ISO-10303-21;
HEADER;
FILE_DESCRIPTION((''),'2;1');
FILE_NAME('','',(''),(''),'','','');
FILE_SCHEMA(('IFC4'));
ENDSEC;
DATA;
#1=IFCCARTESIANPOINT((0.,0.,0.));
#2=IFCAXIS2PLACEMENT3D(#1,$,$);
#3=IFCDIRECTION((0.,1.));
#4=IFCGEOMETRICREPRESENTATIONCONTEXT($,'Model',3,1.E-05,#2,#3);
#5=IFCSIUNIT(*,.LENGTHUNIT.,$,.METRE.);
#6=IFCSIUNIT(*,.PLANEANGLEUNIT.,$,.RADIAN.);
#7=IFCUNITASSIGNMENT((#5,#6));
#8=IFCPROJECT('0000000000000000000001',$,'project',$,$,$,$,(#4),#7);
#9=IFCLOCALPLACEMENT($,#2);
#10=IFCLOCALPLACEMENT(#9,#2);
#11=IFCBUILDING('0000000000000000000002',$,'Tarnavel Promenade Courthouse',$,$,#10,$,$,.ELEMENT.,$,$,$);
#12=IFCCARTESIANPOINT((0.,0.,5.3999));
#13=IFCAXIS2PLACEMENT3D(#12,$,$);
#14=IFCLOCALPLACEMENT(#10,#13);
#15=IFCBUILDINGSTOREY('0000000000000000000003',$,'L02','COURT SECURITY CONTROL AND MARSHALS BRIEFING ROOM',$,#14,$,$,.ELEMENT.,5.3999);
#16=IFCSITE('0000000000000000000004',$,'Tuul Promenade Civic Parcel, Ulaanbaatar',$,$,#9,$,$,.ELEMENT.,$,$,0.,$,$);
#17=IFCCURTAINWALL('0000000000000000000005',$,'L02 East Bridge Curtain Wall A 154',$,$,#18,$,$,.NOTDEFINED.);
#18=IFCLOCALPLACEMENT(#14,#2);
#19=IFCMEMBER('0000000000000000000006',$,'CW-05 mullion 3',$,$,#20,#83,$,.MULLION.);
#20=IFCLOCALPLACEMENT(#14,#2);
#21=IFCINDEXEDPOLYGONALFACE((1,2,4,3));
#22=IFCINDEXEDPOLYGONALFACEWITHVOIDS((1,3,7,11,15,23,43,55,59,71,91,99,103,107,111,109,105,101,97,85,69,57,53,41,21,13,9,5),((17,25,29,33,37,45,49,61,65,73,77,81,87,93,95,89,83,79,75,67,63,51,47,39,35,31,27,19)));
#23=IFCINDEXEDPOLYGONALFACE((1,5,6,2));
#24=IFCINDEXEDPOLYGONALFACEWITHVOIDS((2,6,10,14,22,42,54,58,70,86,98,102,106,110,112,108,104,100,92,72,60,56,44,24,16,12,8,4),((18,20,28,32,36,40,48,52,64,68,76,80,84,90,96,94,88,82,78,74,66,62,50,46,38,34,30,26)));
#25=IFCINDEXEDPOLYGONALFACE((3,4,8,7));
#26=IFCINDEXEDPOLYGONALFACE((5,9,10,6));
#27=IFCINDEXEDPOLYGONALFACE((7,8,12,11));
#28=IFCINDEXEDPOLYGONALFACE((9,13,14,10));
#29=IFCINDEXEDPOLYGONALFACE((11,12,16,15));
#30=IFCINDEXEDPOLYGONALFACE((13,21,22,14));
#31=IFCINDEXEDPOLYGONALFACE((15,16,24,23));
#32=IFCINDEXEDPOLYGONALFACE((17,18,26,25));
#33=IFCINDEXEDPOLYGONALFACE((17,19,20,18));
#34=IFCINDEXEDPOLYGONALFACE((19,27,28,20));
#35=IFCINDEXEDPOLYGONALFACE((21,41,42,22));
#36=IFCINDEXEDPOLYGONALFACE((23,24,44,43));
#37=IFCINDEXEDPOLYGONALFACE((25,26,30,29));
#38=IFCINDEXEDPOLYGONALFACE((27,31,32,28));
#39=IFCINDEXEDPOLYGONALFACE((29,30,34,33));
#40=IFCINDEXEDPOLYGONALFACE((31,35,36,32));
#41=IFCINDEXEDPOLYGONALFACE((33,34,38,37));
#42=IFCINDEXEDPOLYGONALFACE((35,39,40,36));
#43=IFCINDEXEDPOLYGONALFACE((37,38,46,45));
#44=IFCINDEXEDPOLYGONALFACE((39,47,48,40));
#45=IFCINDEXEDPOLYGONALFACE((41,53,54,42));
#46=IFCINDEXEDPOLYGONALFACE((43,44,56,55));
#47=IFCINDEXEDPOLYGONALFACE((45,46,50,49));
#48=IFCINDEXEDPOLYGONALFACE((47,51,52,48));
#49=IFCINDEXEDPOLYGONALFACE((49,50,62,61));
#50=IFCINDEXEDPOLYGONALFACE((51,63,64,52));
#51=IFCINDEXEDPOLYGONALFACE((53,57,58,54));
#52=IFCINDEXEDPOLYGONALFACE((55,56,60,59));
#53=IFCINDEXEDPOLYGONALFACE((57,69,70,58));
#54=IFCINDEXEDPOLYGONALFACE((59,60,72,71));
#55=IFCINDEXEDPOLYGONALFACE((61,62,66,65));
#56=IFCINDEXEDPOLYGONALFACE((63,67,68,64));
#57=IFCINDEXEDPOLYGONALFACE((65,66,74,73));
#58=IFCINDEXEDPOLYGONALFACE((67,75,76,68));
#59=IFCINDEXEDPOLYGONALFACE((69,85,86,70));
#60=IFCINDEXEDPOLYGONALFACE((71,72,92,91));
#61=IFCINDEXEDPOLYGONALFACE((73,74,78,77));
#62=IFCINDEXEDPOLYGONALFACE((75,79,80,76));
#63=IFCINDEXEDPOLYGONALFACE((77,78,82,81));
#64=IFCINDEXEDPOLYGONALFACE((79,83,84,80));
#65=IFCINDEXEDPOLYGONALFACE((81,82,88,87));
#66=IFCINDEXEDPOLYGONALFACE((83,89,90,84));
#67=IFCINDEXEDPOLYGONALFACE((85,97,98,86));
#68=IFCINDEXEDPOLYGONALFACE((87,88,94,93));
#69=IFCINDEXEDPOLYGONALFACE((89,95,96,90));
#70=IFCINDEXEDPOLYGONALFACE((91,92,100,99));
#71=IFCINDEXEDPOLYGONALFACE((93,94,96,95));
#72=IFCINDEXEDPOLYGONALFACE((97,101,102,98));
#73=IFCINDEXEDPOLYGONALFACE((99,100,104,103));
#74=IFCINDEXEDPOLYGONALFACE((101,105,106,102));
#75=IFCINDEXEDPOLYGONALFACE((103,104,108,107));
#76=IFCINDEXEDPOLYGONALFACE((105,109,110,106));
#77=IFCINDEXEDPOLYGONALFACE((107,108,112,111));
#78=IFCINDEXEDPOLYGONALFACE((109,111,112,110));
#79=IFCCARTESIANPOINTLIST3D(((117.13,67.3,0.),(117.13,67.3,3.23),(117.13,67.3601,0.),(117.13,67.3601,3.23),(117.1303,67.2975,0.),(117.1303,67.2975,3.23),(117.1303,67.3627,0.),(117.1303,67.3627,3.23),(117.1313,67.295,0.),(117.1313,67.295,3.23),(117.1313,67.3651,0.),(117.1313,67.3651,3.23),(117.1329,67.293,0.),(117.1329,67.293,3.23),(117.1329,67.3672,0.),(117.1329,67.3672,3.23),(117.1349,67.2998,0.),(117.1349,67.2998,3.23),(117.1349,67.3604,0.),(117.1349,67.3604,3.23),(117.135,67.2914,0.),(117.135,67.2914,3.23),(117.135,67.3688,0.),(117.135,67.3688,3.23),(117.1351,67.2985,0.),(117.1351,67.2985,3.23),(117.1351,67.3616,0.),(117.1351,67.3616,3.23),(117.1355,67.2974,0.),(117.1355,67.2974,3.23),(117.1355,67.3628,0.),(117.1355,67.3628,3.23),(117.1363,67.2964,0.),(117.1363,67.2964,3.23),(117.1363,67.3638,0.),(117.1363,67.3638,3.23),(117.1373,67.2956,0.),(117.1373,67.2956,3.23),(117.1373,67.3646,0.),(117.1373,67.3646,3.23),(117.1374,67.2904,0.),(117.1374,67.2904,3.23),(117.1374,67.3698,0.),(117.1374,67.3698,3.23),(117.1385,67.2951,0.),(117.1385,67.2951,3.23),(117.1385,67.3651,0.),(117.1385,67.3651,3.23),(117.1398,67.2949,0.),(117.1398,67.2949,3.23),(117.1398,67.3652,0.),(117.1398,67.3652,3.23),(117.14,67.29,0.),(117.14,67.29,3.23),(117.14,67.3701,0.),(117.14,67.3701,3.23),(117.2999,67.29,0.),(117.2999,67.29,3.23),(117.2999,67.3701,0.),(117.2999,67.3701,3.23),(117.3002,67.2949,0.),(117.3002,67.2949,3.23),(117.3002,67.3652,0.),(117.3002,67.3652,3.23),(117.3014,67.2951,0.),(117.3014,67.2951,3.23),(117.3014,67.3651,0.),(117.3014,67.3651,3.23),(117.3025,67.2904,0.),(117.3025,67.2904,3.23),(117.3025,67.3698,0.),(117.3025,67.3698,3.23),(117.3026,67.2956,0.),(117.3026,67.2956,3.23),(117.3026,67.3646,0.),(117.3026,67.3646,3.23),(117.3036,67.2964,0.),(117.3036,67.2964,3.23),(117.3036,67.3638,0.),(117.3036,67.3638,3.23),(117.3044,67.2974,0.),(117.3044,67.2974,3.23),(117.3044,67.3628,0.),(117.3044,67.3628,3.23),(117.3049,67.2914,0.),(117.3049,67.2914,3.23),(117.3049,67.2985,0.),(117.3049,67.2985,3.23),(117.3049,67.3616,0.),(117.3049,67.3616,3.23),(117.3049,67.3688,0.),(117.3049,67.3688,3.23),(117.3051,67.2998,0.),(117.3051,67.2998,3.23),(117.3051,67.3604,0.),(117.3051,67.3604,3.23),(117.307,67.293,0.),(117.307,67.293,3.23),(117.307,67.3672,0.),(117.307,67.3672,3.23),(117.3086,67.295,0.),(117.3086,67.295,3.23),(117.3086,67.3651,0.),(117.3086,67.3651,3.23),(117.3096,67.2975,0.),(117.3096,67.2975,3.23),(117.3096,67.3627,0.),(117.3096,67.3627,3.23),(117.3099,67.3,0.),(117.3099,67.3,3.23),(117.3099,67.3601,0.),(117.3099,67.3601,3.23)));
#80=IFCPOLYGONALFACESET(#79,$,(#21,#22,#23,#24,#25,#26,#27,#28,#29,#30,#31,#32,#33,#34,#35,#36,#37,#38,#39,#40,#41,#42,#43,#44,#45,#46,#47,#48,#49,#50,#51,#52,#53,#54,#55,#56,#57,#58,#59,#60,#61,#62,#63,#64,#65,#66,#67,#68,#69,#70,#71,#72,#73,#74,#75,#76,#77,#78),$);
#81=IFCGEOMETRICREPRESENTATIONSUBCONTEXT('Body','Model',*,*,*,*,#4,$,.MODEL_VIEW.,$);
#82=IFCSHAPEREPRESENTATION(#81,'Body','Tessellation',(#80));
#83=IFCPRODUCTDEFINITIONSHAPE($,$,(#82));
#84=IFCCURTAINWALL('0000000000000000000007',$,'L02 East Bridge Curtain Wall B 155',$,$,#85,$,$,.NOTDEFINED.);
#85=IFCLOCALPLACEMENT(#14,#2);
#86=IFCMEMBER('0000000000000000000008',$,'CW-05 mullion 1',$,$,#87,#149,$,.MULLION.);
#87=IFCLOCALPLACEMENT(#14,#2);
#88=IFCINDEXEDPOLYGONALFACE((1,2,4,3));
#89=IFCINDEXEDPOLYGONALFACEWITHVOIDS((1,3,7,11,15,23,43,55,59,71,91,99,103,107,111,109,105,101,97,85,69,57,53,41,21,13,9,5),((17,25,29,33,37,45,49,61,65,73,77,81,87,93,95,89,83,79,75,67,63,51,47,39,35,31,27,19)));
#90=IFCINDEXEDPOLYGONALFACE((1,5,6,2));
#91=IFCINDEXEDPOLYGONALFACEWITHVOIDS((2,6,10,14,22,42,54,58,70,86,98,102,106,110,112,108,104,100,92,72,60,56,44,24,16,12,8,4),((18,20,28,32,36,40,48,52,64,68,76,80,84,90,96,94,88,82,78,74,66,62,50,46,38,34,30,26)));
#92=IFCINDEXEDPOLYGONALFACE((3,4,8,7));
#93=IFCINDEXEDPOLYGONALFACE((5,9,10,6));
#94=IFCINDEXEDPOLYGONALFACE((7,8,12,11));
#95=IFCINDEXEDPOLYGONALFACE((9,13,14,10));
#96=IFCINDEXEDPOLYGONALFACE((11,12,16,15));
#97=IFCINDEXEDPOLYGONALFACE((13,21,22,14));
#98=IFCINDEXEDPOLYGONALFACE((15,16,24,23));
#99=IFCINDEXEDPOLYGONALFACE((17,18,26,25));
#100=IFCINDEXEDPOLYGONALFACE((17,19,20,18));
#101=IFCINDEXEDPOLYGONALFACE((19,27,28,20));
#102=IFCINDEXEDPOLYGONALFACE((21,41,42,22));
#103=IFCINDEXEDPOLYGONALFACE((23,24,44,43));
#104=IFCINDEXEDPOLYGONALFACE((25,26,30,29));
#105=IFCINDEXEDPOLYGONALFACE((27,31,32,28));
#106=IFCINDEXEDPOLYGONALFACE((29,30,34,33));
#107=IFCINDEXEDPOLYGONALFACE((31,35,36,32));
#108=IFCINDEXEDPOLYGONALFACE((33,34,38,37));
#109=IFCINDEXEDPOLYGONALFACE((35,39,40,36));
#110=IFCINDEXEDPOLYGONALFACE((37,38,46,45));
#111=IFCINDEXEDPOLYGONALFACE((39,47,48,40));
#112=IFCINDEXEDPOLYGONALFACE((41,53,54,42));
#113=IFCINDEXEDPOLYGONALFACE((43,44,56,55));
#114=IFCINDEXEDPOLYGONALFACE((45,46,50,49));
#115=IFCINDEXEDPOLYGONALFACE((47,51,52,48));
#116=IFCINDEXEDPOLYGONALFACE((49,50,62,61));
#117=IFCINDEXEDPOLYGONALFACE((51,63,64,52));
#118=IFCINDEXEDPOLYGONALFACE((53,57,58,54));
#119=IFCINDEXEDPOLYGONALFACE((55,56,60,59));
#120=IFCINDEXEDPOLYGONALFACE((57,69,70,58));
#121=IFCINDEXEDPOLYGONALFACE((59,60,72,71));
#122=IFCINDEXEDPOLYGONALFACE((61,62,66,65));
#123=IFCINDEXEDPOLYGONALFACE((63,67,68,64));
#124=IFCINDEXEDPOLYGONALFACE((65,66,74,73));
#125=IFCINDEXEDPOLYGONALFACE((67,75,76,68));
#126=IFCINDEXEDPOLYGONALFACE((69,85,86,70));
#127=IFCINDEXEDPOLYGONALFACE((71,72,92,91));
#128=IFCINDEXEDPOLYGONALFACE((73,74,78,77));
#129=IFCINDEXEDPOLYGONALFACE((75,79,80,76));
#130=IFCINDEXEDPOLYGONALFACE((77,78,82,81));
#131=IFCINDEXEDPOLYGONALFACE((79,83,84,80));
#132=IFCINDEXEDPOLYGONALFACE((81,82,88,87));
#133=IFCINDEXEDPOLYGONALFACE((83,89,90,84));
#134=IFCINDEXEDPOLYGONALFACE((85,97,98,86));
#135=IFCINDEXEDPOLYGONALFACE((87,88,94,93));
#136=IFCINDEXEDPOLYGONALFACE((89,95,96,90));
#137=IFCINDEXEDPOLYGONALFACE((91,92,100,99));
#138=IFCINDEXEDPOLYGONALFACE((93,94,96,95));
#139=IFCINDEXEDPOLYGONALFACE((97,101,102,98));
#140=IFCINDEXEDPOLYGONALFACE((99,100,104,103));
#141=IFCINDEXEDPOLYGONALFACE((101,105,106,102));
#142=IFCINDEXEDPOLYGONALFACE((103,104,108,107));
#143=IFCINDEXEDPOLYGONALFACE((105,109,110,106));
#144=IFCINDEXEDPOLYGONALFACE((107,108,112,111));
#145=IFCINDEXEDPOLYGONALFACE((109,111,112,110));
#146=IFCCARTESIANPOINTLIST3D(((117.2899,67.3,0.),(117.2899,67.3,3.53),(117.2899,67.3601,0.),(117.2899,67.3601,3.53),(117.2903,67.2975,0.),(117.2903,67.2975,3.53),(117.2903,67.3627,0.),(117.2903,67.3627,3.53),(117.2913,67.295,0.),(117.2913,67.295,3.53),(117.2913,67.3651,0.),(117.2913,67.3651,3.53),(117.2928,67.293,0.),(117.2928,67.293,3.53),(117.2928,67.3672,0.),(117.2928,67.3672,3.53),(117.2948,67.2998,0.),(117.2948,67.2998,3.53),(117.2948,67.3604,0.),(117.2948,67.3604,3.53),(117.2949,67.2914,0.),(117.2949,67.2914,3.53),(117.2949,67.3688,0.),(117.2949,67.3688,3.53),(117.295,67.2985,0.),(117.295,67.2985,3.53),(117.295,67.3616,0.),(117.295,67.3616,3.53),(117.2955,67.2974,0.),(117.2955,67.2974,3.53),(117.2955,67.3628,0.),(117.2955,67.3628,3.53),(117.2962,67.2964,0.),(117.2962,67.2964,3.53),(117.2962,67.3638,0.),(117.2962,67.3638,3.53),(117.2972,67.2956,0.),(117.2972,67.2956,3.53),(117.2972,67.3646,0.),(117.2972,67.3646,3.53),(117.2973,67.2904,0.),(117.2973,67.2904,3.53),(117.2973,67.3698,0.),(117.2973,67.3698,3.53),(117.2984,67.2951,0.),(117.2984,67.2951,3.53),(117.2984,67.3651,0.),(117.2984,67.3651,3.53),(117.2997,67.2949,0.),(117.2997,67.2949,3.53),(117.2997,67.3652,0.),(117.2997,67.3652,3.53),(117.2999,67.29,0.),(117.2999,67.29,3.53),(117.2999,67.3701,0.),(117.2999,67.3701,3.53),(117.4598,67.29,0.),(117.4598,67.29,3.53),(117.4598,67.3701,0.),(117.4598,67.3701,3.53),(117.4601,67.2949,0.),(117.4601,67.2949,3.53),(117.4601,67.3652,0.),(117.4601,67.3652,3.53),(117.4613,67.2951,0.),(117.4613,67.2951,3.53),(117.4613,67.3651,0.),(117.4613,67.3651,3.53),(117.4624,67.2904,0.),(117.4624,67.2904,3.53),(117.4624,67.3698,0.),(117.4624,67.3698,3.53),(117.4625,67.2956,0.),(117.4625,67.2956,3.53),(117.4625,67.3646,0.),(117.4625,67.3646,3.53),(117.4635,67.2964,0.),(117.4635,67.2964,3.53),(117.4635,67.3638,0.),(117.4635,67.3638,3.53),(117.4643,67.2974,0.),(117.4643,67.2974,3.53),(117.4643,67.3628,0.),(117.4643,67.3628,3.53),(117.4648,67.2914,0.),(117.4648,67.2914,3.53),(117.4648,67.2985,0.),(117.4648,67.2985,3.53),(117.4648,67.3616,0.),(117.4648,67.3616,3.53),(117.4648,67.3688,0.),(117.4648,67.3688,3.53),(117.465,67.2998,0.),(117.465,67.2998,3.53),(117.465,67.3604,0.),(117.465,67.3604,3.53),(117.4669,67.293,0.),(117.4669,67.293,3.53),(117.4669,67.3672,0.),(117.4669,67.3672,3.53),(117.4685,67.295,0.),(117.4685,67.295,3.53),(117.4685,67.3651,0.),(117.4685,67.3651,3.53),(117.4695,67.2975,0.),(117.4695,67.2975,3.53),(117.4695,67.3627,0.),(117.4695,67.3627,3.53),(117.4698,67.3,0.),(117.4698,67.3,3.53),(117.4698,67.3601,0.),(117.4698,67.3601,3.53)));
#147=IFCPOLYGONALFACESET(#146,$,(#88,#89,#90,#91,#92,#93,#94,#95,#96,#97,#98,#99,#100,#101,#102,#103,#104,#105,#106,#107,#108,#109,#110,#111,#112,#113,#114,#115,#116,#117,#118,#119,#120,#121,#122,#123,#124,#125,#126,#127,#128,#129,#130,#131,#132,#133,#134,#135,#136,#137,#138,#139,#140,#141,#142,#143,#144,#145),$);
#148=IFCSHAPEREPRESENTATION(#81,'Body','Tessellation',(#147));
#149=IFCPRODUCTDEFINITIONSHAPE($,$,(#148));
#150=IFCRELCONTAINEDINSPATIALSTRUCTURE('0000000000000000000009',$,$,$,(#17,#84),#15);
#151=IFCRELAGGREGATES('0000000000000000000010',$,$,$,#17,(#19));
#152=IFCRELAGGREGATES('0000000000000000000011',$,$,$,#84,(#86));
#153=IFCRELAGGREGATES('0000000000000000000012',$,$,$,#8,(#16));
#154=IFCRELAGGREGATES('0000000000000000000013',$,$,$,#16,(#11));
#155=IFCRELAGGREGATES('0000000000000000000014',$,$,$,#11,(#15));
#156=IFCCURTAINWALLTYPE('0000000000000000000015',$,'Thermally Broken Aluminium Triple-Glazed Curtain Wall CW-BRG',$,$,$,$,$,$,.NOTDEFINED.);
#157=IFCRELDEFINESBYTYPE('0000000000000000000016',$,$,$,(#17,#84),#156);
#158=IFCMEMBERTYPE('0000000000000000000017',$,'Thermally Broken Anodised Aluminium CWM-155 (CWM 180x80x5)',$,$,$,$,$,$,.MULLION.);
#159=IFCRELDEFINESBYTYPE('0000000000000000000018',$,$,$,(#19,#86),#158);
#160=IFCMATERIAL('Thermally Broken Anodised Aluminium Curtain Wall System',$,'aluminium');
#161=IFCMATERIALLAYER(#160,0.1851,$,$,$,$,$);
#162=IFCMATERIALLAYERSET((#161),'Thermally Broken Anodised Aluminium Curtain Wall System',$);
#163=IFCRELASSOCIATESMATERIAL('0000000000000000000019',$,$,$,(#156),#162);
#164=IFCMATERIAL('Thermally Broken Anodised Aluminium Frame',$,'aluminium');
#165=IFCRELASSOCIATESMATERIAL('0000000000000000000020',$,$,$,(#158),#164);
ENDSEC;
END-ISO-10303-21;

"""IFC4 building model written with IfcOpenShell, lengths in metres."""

from ifc_helpers import new_model, si_unit, direction, frame, origin, origin_2d, place, context, subcontext, project, spatial, hollow_rectangle, extrude, material, layer, layer_set, material_profile, profile_set, type_object, element, aggregate, save


model = new_model("IFC4")

# Units and contexts
model_context = context("Model", 3, precision=1e-05, world=origin(), true_north=direction((0.0, 1.0)))
body_context = subcontext(model_context, "Body", "Model", "MODEL_VIEW")
ifc_project = project(units=[si_unit("LENGTHUNIT", "METRE"), si_unit("PLANEANGLEUNIT", "RADIAN")], contexts=[model_context])

# Site, building, storey
site_placement = place(None, origin())
site = spatial("IfcSite", under=ifc_project, at=site_placement, Name="Tuul Promenade Civic Parcel, Ulaanbaatar", CompositionType="ELEMENT", RefElevation=0.0)
building_placement = place(site_placement, origin())
building = spatial("IfcBuilding", under=site, at=building_placement, Name="Tarnavel Promenade Courthouse", CompositionType="ELEMENT")
storey_placement = place(building_placement, frame((0.0, 0.0, 5.3999)))
storey = spatial("IfcBuildingStorey", under=building, at=storey_placement, Name="L02", Description="COURT SECURITY CONTROL AND MARSHALS BRIEFING ROOM", CompositionType="ELEMENT", Elevation=5.3999)

# Curtain walls, members
ifc_material_1 = material(Name="Thermally Broken Anodised Aluminium Curtain Wall System", Category="aluminium")
ifc_layer_1 = layer(ifc_material_1, 0.1851)
ifc_layer_set_1 = layer_set([ifc_layer_1], Name="Thermally Broken Anodised Aluminium Curtain Wall System")
curtain_wall_type = type_object("IfcCurtainWallType", Name="Thermally Broken Aluminium Triple-Glazed Curtain Wall CW-BRG", PredefinedType="NOTDEFINED", material=ifc_layer_set_1)
curtain_wall_1_placement = place(storey_placement, origin())
curtain_wall_1 = element("IfcCurtainWall", 1, at=curtain_wall_1_placement, inside=storey, type_object=curtain_wall_type, Name="L02 East Bridge Curtain Wall A 154", PredefinedType="NOTDEFINED")
ifc_material_2 = material(Name="Thermally Broken Anodised Aluminium Frame", Category="aluminium")
ifc_material_profile_1 = material_profile(ifc_material_2, hollow_rectangle(XDim=0.0801, YDim=0.1799, WallThickness=0.0049, InnerFilletRadius=0.0049, OuterFilletRadius=0.01, at=origin_2d()), Name="CWM 180x80x5")
ifc_profile_set_1 = profile_set([ifc_material_profile_1], Name="Thermally Broken Anodised Aluminium Frame")
member_type_1 = type_object("IfcMemberType", Name="Thermally Broken Anodised Aluminium CWM-155 (CWM 180x80x5)", PredefinedType="MULLION", material=ifc_profile_set_1)
member_1_placement = place(storey_placement, frame((117.22, 67.3301, 0.0), z_axis=(0.0, 0.0, 1.0), x_axis=(0.0, 1.0, 0.0)))
member_1 = element("IfcMember", 2, at=member_1_placement, type_object=member_type_1, Name="CW-05 mullion 3", PredefinedType="MULLION", context=body_context, shape_type="SweptSolid", body=[
    extrude(hollow_rectangle(XDim=0.0801, YDim=0.1799, WallThickness=0.0049, InnerFilletRadius=0.0049, OuterFilletRadius=0.01, at=origin_2d()), origin(), (0.0, 0.0, 1.0), 3.23),
])
curtain_wall_2_placement = place(storey_placement, origin())
curtain_wall_2 = element("IfcCurtainWall", 3, at=curtain_wall_2_placement, inside=storey, type_object=curtain_wall_type, Name="L02 East Bridge Curtain Wall B 155", PredefinedType="NOTDEFINED")
member_2_placement = place(storey_placement, frame((117.3799, 67.3301, 0.0), z_axis=(0.0, 0.0, 1.0), x_axis=(0.0, 1.0, 0.0)))
member_2 = element("IfcMember", 4, at=member_2_placement, type_object=member_type_1, Name="CW-05 mullion 1", PredefinedType="MULLION", context=body_context, shape_type="SweptSolid", body=[
    extrude(hollow_rectangle(XDim=0.0801, YDim=0.1799, WallThickness=0.0049, InnerFilletRadius=0.0049, OuterFilletRadius=0.01, at=origin_2d()), origin(), (0.0, 0.0, 1.0), 3.53),
])

aggregate(curtain_wall_1, [member_1])
aggregate(curtain_wall_2, [member_2])

save(model, "model.ifc")
